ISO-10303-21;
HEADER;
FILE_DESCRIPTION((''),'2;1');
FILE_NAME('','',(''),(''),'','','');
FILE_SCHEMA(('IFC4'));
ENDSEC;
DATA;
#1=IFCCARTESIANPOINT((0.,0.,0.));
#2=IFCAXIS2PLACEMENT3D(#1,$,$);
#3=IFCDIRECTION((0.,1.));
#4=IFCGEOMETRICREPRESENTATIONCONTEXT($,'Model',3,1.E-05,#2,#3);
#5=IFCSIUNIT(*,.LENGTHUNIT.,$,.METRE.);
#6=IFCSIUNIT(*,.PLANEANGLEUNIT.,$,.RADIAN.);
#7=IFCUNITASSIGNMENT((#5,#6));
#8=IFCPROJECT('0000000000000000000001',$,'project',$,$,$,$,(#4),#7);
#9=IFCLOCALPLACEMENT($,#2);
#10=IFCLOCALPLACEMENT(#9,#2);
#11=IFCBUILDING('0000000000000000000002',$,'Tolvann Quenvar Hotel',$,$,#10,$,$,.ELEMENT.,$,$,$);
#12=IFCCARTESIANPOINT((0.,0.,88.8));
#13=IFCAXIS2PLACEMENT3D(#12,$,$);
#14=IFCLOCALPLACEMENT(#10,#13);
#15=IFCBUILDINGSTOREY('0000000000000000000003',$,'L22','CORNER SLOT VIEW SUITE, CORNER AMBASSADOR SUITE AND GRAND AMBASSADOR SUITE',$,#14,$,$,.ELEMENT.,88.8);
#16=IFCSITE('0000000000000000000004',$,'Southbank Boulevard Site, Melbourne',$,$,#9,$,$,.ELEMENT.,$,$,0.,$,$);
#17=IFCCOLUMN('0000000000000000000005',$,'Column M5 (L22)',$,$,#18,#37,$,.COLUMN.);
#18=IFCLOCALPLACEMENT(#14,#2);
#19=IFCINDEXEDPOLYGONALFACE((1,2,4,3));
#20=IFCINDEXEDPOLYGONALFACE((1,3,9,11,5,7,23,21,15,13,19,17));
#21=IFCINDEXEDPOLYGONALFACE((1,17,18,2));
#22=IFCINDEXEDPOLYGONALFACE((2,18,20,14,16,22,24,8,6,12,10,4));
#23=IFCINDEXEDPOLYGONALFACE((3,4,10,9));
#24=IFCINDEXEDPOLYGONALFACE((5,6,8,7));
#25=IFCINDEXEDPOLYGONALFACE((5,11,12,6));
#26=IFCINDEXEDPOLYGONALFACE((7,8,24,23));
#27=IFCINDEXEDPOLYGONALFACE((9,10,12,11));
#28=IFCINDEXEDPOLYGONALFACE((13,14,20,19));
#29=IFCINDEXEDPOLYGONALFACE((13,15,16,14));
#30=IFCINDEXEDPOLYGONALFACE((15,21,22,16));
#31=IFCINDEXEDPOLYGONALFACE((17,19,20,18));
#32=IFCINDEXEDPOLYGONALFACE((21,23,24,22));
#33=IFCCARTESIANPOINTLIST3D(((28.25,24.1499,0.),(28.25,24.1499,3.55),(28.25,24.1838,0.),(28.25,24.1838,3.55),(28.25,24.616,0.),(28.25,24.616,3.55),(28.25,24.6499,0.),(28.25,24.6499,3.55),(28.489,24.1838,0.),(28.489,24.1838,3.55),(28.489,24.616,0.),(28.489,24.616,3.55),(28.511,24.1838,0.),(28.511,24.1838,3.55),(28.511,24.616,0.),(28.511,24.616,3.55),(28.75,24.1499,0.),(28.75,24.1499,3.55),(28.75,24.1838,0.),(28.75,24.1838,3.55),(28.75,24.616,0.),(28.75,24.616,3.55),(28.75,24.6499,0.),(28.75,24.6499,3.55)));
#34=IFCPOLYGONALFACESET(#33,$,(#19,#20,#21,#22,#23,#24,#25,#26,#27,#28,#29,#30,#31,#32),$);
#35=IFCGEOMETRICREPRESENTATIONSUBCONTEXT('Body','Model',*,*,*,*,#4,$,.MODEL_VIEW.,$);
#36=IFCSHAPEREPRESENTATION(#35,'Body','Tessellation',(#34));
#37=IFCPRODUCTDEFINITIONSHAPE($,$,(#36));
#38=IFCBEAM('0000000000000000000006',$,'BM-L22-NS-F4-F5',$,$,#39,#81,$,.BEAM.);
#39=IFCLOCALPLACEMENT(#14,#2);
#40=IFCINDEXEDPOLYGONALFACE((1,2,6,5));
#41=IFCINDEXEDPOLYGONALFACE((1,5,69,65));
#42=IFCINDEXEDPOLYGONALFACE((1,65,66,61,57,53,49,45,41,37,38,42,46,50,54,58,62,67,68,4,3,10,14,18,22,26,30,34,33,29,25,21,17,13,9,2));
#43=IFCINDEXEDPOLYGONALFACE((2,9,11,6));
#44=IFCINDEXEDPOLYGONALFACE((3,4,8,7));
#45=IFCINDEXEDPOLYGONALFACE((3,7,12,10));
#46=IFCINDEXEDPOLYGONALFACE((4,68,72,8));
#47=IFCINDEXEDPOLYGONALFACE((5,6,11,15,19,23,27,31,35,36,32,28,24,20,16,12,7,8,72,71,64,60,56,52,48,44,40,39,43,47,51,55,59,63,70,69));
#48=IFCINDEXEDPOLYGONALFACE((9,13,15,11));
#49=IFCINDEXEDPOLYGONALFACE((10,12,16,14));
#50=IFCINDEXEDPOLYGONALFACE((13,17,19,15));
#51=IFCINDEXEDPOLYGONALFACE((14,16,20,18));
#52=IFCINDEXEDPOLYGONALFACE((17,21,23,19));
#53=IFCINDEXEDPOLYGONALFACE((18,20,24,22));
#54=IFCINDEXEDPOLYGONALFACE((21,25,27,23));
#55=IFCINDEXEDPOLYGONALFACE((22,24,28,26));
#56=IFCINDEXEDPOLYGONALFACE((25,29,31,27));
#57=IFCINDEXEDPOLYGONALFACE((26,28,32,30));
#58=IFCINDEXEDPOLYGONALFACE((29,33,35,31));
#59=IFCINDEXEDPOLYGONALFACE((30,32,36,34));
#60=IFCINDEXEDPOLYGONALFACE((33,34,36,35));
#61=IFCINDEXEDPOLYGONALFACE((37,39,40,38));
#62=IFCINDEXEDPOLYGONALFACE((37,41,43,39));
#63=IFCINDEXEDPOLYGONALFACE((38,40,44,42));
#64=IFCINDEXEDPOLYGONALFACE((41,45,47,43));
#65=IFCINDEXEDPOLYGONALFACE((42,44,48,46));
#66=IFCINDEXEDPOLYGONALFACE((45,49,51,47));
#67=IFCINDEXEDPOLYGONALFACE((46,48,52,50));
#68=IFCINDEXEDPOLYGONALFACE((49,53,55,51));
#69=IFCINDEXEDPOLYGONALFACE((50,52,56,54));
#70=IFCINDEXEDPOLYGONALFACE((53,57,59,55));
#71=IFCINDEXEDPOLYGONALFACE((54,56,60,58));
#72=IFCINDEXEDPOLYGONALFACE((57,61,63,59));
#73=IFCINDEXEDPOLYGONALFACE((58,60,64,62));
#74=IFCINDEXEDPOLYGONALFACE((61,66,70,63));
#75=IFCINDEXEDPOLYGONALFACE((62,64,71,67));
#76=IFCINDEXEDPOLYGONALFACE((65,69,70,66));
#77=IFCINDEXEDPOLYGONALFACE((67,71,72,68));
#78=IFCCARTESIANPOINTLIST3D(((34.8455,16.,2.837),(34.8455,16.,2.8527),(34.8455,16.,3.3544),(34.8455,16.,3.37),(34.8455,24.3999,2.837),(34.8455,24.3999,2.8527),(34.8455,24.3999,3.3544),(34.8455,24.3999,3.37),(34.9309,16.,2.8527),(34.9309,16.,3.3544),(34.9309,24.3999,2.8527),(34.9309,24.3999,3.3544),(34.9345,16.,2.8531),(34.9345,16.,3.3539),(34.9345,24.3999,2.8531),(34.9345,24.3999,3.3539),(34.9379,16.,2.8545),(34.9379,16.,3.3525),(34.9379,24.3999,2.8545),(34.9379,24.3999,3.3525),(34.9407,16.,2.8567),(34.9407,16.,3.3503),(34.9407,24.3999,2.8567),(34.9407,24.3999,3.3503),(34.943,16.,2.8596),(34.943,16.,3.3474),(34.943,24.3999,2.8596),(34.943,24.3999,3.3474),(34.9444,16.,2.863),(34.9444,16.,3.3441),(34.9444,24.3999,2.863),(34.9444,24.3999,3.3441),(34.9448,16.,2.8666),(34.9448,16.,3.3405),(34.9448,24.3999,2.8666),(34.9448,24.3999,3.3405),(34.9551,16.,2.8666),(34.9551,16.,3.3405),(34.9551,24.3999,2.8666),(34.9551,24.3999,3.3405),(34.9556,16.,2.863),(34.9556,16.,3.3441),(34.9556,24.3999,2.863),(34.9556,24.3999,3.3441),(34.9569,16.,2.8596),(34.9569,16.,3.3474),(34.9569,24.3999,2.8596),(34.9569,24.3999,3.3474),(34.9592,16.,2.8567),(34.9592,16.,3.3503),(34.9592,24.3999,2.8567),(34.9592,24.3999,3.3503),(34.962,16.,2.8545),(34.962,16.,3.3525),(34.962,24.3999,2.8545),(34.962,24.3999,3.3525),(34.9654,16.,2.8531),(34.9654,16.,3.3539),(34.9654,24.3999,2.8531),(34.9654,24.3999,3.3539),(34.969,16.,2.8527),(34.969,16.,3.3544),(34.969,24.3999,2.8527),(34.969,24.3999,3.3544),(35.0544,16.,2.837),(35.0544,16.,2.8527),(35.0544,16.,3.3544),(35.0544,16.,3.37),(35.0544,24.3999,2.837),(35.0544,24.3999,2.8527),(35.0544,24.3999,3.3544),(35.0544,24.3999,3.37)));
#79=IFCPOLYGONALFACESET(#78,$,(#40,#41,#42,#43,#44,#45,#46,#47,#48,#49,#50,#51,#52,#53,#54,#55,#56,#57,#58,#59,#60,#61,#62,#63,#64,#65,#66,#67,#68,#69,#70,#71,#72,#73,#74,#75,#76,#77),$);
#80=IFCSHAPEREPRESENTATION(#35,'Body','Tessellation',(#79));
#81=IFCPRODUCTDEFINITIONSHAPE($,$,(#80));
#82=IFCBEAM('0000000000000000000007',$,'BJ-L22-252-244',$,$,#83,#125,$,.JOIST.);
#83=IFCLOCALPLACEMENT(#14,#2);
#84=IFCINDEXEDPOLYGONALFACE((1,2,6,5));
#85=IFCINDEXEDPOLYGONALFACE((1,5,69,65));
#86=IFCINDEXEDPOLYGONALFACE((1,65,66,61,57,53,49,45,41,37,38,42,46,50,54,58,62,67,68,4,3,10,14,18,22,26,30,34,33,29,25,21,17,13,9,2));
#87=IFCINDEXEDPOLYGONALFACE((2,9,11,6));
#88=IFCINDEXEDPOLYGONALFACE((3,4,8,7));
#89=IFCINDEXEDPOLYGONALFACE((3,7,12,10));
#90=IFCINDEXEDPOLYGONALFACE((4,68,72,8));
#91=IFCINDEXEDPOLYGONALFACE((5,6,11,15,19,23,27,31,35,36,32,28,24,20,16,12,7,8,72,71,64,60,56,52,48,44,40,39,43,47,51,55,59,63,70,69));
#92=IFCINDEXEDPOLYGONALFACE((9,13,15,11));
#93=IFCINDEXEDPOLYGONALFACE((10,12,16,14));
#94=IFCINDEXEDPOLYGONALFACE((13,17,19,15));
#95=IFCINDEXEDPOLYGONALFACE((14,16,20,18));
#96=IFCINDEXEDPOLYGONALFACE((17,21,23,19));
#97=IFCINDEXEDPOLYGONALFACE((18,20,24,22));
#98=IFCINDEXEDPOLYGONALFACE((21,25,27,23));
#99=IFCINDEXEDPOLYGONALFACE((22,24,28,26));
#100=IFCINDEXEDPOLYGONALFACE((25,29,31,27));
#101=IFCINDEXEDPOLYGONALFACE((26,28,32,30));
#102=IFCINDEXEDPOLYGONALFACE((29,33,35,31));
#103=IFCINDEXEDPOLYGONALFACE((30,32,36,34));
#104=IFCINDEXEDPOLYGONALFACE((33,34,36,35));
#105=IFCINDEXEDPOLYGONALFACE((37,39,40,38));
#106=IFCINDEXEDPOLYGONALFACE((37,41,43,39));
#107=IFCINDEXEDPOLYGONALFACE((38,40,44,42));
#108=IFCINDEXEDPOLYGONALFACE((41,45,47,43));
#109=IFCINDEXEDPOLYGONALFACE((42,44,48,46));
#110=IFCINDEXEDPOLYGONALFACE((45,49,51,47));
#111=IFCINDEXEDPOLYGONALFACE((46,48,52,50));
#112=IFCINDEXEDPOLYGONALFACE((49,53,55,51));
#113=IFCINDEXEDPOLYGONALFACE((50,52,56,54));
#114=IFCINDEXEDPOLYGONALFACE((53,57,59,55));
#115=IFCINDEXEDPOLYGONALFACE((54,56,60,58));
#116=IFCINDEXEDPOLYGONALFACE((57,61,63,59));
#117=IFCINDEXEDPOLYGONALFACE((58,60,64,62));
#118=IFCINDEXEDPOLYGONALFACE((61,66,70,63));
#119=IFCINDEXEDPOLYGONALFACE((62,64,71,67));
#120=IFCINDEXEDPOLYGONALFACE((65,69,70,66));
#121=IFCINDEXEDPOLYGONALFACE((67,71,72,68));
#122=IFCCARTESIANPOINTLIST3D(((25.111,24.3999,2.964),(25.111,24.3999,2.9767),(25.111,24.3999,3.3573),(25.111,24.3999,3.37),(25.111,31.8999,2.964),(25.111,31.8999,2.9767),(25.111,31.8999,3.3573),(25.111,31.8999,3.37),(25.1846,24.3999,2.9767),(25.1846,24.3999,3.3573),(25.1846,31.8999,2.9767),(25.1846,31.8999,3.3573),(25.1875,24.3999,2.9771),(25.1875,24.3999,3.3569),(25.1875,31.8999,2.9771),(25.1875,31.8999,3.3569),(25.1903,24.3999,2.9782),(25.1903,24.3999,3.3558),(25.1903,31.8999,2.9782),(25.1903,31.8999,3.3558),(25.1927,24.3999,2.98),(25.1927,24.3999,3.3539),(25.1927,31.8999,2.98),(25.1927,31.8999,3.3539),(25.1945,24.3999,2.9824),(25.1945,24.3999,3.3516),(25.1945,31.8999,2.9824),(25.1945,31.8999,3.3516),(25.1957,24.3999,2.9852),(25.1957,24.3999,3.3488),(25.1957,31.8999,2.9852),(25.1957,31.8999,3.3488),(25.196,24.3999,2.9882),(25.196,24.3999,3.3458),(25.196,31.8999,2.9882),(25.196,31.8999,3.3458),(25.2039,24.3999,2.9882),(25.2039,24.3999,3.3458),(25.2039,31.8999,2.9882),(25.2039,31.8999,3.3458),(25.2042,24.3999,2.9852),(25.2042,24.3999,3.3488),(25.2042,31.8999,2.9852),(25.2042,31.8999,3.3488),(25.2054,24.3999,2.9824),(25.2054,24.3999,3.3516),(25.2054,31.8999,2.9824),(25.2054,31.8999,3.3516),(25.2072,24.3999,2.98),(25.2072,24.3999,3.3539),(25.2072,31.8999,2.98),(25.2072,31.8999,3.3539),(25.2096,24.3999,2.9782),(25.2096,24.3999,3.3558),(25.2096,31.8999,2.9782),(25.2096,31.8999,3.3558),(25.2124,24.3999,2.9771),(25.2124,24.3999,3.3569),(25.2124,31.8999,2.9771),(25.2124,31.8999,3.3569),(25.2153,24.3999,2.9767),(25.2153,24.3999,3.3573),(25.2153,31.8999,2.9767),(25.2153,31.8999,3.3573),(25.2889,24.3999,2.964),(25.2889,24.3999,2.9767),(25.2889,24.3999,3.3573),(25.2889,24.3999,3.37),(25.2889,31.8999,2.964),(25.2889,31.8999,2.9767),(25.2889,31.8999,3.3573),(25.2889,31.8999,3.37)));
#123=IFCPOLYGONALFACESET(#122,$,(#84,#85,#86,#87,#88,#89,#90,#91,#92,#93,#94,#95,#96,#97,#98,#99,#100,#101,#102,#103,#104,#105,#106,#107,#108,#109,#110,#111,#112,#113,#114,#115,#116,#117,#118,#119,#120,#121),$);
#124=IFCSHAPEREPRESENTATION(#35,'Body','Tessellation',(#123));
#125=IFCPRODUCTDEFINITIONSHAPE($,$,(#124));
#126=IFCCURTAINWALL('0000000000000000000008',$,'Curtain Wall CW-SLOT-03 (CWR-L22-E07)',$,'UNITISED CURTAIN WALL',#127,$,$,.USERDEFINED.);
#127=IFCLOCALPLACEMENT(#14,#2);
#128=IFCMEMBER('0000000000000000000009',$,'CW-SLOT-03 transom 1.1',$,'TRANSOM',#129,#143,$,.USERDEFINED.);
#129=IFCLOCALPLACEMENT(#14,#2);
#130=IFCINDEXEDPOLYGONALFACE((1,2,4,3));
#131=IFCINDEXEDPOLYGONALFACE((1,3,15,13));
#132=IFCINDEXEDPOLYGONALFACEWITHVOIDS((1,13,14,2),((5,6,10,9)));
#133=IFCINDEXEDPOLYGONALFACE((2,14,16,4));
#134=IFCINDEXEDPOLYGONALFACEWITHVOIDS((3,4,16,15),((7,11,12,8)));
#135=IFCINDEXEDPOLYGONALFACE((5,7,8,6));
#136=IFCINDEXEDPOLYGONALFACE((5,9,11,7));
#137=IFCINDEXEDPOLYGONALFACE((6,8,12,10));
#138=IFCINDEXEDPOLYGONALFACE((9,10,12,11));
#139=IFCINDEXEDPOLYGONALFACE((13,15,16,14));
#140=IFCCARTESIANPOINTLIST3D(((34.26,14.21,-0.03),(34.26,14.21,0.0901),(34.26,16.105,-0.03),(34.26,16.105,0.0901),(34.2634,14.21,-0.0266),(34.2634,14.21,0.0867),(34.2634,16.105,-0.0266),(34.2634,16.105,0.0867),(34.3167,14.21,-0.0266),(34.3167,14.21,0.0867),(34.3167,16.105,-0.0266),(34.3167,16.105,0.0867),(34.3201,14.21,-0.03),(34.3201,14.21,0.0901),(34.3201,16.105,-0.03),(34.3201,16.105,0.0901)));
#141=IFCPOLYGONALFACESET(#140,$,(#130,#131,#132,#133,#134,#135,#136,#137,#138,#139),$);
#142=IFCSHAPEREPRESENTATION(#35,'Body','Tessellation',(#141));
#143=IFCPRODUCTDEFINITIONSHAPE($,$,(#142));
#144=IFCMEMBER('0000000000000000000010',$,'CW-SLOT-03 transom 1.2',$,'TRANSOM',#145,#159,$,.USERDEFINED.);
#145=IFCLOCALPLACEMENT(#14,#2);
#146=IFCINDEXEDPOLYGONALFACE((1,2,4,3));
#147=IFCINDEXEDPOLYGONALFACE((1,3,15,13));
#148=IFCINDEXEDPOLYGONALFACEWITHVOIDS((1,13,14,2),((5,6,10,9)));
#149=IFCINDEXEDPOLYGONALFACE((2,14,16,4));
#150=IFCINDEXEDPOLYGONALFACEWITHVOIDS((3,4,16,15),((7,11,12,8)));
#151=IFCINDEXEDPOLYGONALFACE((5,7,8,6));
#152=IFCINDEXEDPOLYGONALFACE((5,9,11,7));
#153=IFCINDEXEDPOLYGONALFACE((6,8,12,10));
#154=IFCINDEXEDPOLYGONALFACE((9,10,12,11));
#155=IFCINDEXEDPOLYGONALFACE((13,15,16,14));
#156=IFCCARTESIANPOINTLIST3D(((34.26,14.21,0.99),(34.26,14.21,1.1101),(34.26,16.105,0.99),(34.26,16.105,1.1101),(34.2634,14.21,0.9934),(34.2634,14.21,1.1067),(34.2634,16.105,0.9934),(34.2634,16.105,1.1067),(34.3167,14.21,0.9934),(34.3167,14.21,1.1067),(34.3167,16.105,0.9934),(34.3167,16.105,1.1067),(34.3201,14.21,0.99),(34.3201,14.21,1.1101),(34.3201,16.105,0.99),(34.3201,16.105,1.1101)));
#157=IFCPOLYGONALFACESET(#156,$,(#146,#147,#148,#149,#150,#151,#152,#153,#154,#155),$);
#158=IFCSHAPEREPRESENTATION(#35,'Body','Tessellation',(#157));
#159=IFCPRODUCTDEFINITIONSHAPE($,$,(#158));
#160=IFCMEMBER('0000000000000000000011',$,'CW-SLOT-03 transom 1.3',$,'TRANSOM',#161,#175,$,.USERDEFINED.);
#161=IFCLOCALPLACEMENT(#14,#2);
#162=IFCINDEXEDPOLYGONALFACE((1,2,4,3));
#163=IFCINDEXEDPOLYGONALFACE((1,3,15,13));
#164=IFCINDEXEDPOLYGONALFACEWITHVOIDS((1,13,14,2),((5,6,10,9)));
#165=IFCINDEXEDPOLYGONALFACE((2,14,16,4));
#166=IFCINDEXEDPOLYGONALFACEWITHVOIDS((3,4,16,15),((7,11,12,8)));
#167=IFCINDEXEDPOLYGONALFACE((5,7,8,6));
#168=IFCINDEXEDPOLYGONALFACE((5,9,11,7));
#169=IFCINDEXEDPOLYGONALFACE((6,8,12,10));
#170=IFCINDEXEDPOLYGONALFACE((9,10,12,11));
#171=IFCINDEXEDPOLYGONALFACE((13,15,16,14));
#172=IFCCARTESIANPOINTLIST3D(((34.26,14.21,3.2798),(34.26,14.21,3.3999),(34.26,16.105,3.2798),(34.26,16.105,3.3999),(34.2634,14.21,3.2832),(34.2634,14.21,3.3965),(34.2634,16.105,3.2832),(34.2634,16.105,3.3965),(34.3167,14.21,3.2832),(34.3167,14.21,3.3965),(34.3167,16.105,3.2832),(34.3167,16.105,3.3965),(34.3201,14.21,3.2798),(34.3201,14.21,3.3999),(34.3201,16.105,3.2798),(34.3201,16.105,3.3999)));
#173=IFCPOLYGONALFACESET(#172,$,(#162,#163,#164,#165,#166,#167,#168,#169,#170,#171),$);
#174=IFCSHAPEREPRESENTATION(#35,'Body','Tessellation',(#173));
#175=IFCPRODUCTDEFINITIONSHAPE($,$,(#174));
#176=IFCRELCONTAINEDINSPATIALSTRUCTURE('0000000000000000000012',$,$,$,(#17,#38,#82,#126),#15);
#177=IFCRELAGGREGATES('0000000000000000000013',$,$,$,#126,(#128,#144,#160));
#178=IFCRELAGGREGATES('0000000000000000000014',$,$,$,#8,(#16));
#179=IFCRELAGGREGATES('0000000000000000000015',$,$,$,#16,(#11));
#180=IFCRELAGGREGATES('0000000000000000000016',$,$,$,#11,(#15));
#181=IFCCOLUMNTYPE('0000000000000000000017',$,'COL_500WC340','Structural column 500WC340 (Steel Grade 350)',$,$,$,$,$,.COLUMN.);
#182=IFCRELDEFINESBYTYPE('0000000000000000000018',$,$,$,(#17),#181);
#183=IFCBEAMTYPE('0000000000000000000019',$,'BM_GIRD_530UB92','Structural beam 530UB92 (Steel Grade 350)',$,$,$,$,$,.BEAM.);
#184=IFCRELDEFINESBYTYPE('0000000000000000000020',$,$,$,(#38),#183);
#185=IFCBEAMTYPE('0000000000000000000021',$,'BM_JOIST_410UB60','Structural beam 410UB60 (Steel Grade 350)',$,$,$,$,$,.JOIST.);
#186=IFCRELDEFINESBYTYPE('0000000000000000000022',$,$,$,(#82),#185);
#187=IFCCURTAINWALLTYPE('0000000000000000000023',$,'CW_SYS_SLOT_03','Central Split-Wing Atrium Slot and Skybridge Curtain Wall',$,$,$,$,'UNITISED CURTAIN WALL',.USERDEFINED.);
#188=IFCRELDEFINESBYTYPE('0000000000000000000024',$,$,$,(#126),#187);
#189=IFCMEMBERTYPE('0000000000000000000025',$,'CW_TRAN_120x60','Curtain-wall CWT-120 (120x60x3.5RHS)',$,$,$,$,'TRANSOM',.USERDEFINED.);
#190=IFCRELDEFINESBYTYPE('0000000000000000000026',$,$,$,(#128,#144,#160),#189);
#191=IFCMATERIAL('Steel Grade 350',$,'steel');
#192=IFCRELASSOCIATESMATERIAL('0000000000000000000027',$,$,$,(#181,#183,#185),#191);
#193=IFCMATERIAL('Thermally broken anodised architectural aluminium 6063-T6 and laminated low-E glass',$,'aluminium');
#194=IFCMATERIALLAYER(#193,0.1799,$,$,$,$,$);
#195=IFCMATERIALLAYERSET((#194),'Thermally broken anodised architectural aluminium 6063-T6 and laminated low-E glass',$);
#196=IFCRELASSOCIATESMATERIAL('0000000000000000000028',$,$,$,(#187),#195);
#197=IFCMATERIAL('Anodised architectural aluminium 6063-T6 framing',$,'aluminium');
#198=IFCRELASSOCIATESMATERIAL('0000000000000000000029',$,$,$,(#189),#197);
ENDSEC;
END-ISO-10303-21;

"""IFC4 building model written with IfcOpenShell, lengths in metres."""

from ifc_helpers import new_model, si_unit, direction, frame, origin, origin_2d, place, context, subcontext, project, spatial, hollow_rectangle, i_section, extrude, source, transform, mapped, material, layer, layer_set, material_profile, profile_set, type_object, type_shapes, element, aggregate, save


model = new_model("IFC4")

# Units and contexts
model_context = context("Model", 3, precision=1e-05, world=origin(), true_north=direction((0.0, 1.0)))
body_context = subcontext(model_context, "Body", "Model", "MODEL_VIEW")
ifc_project = project(units=[si_unit("LENGTHUNIT", "METRE"), si_unit("PLANEANGLEUNIT", "RADIAN")], contexts=[model_context])

# Site, building, storey
site_placement = place(None, origin())
site = spatial("IfcSite", under=ifc_project, at=site_placement, Name="Southbank Boulevard Site, Melbourne", CompositionType="ELEMENT", RefElevation=0.0)
building_placement = place(site_placement, origin())
building = spatial("IfcBuilding", under=site, at=building_placement, Name="Tolvann Quenvar Hotel", CompositionType="ELEMENT")
storey_placement = place(building_placement, frame((0.0, 0.0, 88.8)))
storey = spatial("IfcBuildingStorey", under=building, at=storey_placement, Name="L22", Description="CORNER SLOT VIEW SUITE, CORNER AMBASSADOR SUITE AND GRAND AMBASSADOR SUITE", CompositionType="ELEMENT", Elevation=88.8)

# Column
ifc_material_1 = material(Name="Steel Grade 350", Category="steel")
ifc_material_profile_1 = material_profile(ifc_material_1, i_section(OverallWidth=0.5, OverallDepth=0.5, WebThickness=0.022, FlangeThickness=0.0339, at=origin_2d()), Name="500WC340")
ifc_profile_set_1 = profile_set([ifc_material_profile_1], Name="Steel Grade 350")
column_type = type_object("IfcColumnType", Name="COL_500WC340", Description="Structural column 500WC340 (Steel Grade 350)", PredefinedType="COLUMN", material=ifc_profile_set_1)
shared_shape_1 = source(origin(), body_context, "Body", "SweptSolid", [
    extrude(i_section(OverallWidth=0.5, OverallDepth=0.5, WebThickness=0.022, FlangeThickness=0.0339, at=origin_2d()), origin(), (0.0, 0.0, 1.0), 3.55),
])
type_shapes(column_type, [shared_shape_1])
column_placement = place(storey_placement, frame((28.5, 24.3999, 0.0), z_axis=(0.0, 0.0, 1.0), x_axis=(1.0, 0.0, 0.0)))
element("IfcColumn", 1, at=column_placement, inside=storey, type_object=column_type, Name="Column M5 (L22)", PredefinedType="COLUMN", context=body_context, shape_type="MappedRepresentation", body=[
    mapped(shared_shape_1, transform((0.0, 0.0, 0.0), x_axis=(1.0, 0.0, 0.0), y_axis=(0.0, 1.0, 0.0), z_axis=(0.0, 0.0, 1.0), scale=1.0)),
])

# Beams
ifc_material_profile_2 = material_profile(ifc_material_1, i_section(OverallWidth=0.209, OverallDepth=0.533, WebThickness=0.0103, FlangeThickness=0.0156, FilletRadius=0.0139, at=origin_2d()), Name="530UB92")
ifc_profile_set_2 = profile_set([ifc_material_profile_2], Name="Steel Grade 350")
beam_type_1 = type_object("IfcBeamType", Name="BM_GIRD_530UB92", Description="Structural beam 530UB92 (Steel Grade 350)", PredefinedType="BEAM", material=ifc_profile_set_2)
shared_shape_2 = source(origin(), body_context, "Body", "SweptSolid", [
    extrude(i_section(OverallWidth=0.209, OverallDepth=0.533, WebThickness=0.0103, FlangeThickness=0.0156, FilletRadius=0.0139, at=origin_2d()), origin(), (0.0, 0.0, 1.0), 8.3999),
])
type_shapes(beam_type_1, [shared_shape_2])
beam_1_placement = place(storey_placement, frame((34.95, 16.0, 3.1035), z_axis=(0.0, 1.0, 0.0), x_axis=(-1.0, 0.0, 0.0)))
element("IfcBeam", 2, at=beam_1_placement, inside=storey, type_object=beam_type_1, Name="BM-L22-NS-F4-F5", PredefinedType="BEAM", context=body_context, shape_type="MappedRepresentation", body=[
    mapped(shared_shape_2, transform((0.0, 0.0, 0.0), x_axis=(1.0, 0.0, 0.0), y_axis=(0.0, 1.0, 0.0), z_axis=(0.0, 0.0, 1.0), scale=1.0)),
])
ifc_material_profile_3 = material_profile(ifc_material_1, i_section(OverallWidth=0.178, OverallDepth=0.406, WebThickness=0.0078, FlangeThickness=0.0127, FilletRadius=0.0115, at=origin_2d()), Name="410UB60")
ifc_profile_set_3 = profile_set([ifc_material_profile_3], Name="Steel Grade 350")
beam_type_2 = type_object("IfcBeamType", Name="BM_JOIST_410UB60", Description="Structural beam 410UB60 (Steel Grade 350)", PredefinedType="JOIST", material=ifc_profile_set_3)
shared_shape_3 = source(origin(), body_context, "Body", "SweptSolid", [
    extrude(i_section(OverallWidth=0.178, OverallDepth=0.406, WebThickness=0.0078, FlangeThickness=0.0127, FilletRadius=0.0115, at=origin_2d()), origin(), (0.0, 0.0, 1.0), 7.5),
])
type_shapes(beam_type_2, [shared_shape_3])
beam_2_placement = place(storey_placement, frame((25.2, 24.3999, 3.167), z_axis=(0.0, 1.0, 0.0), x_axis=(-1.0, 0.0, 0.0)))
element("IfcBeam", 3, at=beam_2_placement, inside=storey, type_object=beam_type_2, Name="BJ-L22-252-244", PredefinedType="JOIST", context=body_context, shape_type="MappedRepresentation", body=[
    mapped(shared_shape_3, transform((0.0, 0.0, 0.0), x_axis=(1.0, 0.0, 0.0), y_axis=(0.0, 1.0, 0.0), z_axis=(0.0, 0.0, 1.0), scale=1.0)),
])

# Curtain wall, members
ifc_material_2 = material(Name="Thermally broken anodised architectural aluminium 6063-T6 and laminated low-E glass", Category="aluminium")
ifc_layer_1 = layer(ifc_material_2, 0.1799)
ifc_layer_set_1 = layer_set([ifc_layer_1], Name="Thermally broken anodised architectural aluminium 6063-T6 and laminated low-E glass")
curtain_wall_type = type_object("IfcCurtainWallType", Name="CW_SYS_SLOT_03", Description="Central Split-Wing Atrium Slot and Skybridge Curtain Wall", ElementType="UNITISED CURTAIN WALL", PredefinedType="USERDEFINED", material=ifc_layer_set_1)
curtain_wall_placement = place(storey_placement, origin())
curtain_wall = element("IfcCurtainWall", 4, at=curtain_wall_placement, inside=storey, type_object=curtain_wall_type, Name="Curtain Wall CW-SLOT-03 (CWR-L22-E07)", ObjectType="UNITISED CURTAIN WALL", PredefinedType="USERDEFINED")
ifc_material_3 = material(Name="Anodised architectural aluminium 6063-T6 framing", Category="aluminium")
ifc_material_profile_4 = material_profile(ifc_material_3, hollow_rectangle(XDim=0.0601, YDim=0.1201, WallThickness=0.0034, at=origin_2d()), Name="120x60x3.5RHS")
ifc_profile_set_4 = profile_set([ifc_material_profile_4], Name="Anodised architectural aluminium 6063-T6 framing")
member_type_1 = type_object("IfcMemberType", Name="CW_TRAN_120x60", Description="Curtain-wall CWT-120 (120x60x3.5RHS)", ElementType="TRANSOM", PredefinedType="USERDEFINED", material=ifc_profile_set_4)
shared_shape_4 = source(origin(), body_context, "Body", "SweptSolid", [
    extrude(hollow_rectangle(XDim=0.0601, YDim=0.1201, WallThickness=0.0034, at=origin_2d()), origin(), (0.0, 0.0, 1.0), 1.895),
])
type_shapes(member_type_1, [shared_shape_4])
member_1_placement = place(storey_placement, frame((34.29, 16.105, 0.03), z_axis=(0.0, -1.0, 0.0), x_axis=(1.0, 0.0, 0.0)))
member_1 = element("IfcMember", 5, at=member_1_placement, type_object=member_type_1, Name="CW-SLOT-03 transom 1.1", ObjectType="TRANSOM", PredefinedType="USERDEFINED", context=body_context, shape_type="MappedRepresentation", body=[
    mapped(shared_shape_4, transform((0.0, 0.0, 0.0), x_axis=(1.0, 0.0, 0.0), y_axis=(0.0, 1.0, 0.0), z_axis=(0.0, 0.0, 1.0), scale=1.0)),
])
member_2_placement = place(storey_placement, frame((34.29, 16.105, 1.05), z_axis=(0.0, -1.0, 0.0), x_axis=(1.0, 0.0, 0.0)))
member_2 = element("IfcMember", 6, at=member_2_placement, type_object=member_type_1, Name="CW-SLOT-03 transom 1.2", ObjectType="TRANSOM", PredefinedType="USERDEFINED", context=body_context, shape_type="MappedRepresentation", body=[
    mapped(shared_shape_4, transform((0.0, 0.0, 0.0), x_axis=(1.0, 0.0, 0.0), y_axis=(0.0, 1.0, 0.0), z_axis=(0.0, 0.0, 1.0), scale=1.0)),
])
member_3_placement = place(storey_placement, frame((34.29, 16.105, 3.3398), z_axis=(0.0, -1.0, 0.0), x_axis=(1.0, 0.0, 0.0)))
member_3 = element("IfcMember", 7, at=member_3_placement, type_object=member_type_1, Name="CW-SLOT-03 transom 1.3", ObjectType="TRANSOM", PredefinedType="USERDEFINED", context=body_context, shape_type="MappedRepresentation", body=[
    mapped(shared_shape_4, transform((0.0, 0.0, 0.0), x_axis=(1.0, 0.0, 0.0), y_axis=(0.0, 1.0, 0.0), z_axis=(0.0, 0.0, 1.0), scale=1.0)),
])
aggregate(curtain_wall, [member_1, member_2, member_3])

save(model, "model.ifc")
